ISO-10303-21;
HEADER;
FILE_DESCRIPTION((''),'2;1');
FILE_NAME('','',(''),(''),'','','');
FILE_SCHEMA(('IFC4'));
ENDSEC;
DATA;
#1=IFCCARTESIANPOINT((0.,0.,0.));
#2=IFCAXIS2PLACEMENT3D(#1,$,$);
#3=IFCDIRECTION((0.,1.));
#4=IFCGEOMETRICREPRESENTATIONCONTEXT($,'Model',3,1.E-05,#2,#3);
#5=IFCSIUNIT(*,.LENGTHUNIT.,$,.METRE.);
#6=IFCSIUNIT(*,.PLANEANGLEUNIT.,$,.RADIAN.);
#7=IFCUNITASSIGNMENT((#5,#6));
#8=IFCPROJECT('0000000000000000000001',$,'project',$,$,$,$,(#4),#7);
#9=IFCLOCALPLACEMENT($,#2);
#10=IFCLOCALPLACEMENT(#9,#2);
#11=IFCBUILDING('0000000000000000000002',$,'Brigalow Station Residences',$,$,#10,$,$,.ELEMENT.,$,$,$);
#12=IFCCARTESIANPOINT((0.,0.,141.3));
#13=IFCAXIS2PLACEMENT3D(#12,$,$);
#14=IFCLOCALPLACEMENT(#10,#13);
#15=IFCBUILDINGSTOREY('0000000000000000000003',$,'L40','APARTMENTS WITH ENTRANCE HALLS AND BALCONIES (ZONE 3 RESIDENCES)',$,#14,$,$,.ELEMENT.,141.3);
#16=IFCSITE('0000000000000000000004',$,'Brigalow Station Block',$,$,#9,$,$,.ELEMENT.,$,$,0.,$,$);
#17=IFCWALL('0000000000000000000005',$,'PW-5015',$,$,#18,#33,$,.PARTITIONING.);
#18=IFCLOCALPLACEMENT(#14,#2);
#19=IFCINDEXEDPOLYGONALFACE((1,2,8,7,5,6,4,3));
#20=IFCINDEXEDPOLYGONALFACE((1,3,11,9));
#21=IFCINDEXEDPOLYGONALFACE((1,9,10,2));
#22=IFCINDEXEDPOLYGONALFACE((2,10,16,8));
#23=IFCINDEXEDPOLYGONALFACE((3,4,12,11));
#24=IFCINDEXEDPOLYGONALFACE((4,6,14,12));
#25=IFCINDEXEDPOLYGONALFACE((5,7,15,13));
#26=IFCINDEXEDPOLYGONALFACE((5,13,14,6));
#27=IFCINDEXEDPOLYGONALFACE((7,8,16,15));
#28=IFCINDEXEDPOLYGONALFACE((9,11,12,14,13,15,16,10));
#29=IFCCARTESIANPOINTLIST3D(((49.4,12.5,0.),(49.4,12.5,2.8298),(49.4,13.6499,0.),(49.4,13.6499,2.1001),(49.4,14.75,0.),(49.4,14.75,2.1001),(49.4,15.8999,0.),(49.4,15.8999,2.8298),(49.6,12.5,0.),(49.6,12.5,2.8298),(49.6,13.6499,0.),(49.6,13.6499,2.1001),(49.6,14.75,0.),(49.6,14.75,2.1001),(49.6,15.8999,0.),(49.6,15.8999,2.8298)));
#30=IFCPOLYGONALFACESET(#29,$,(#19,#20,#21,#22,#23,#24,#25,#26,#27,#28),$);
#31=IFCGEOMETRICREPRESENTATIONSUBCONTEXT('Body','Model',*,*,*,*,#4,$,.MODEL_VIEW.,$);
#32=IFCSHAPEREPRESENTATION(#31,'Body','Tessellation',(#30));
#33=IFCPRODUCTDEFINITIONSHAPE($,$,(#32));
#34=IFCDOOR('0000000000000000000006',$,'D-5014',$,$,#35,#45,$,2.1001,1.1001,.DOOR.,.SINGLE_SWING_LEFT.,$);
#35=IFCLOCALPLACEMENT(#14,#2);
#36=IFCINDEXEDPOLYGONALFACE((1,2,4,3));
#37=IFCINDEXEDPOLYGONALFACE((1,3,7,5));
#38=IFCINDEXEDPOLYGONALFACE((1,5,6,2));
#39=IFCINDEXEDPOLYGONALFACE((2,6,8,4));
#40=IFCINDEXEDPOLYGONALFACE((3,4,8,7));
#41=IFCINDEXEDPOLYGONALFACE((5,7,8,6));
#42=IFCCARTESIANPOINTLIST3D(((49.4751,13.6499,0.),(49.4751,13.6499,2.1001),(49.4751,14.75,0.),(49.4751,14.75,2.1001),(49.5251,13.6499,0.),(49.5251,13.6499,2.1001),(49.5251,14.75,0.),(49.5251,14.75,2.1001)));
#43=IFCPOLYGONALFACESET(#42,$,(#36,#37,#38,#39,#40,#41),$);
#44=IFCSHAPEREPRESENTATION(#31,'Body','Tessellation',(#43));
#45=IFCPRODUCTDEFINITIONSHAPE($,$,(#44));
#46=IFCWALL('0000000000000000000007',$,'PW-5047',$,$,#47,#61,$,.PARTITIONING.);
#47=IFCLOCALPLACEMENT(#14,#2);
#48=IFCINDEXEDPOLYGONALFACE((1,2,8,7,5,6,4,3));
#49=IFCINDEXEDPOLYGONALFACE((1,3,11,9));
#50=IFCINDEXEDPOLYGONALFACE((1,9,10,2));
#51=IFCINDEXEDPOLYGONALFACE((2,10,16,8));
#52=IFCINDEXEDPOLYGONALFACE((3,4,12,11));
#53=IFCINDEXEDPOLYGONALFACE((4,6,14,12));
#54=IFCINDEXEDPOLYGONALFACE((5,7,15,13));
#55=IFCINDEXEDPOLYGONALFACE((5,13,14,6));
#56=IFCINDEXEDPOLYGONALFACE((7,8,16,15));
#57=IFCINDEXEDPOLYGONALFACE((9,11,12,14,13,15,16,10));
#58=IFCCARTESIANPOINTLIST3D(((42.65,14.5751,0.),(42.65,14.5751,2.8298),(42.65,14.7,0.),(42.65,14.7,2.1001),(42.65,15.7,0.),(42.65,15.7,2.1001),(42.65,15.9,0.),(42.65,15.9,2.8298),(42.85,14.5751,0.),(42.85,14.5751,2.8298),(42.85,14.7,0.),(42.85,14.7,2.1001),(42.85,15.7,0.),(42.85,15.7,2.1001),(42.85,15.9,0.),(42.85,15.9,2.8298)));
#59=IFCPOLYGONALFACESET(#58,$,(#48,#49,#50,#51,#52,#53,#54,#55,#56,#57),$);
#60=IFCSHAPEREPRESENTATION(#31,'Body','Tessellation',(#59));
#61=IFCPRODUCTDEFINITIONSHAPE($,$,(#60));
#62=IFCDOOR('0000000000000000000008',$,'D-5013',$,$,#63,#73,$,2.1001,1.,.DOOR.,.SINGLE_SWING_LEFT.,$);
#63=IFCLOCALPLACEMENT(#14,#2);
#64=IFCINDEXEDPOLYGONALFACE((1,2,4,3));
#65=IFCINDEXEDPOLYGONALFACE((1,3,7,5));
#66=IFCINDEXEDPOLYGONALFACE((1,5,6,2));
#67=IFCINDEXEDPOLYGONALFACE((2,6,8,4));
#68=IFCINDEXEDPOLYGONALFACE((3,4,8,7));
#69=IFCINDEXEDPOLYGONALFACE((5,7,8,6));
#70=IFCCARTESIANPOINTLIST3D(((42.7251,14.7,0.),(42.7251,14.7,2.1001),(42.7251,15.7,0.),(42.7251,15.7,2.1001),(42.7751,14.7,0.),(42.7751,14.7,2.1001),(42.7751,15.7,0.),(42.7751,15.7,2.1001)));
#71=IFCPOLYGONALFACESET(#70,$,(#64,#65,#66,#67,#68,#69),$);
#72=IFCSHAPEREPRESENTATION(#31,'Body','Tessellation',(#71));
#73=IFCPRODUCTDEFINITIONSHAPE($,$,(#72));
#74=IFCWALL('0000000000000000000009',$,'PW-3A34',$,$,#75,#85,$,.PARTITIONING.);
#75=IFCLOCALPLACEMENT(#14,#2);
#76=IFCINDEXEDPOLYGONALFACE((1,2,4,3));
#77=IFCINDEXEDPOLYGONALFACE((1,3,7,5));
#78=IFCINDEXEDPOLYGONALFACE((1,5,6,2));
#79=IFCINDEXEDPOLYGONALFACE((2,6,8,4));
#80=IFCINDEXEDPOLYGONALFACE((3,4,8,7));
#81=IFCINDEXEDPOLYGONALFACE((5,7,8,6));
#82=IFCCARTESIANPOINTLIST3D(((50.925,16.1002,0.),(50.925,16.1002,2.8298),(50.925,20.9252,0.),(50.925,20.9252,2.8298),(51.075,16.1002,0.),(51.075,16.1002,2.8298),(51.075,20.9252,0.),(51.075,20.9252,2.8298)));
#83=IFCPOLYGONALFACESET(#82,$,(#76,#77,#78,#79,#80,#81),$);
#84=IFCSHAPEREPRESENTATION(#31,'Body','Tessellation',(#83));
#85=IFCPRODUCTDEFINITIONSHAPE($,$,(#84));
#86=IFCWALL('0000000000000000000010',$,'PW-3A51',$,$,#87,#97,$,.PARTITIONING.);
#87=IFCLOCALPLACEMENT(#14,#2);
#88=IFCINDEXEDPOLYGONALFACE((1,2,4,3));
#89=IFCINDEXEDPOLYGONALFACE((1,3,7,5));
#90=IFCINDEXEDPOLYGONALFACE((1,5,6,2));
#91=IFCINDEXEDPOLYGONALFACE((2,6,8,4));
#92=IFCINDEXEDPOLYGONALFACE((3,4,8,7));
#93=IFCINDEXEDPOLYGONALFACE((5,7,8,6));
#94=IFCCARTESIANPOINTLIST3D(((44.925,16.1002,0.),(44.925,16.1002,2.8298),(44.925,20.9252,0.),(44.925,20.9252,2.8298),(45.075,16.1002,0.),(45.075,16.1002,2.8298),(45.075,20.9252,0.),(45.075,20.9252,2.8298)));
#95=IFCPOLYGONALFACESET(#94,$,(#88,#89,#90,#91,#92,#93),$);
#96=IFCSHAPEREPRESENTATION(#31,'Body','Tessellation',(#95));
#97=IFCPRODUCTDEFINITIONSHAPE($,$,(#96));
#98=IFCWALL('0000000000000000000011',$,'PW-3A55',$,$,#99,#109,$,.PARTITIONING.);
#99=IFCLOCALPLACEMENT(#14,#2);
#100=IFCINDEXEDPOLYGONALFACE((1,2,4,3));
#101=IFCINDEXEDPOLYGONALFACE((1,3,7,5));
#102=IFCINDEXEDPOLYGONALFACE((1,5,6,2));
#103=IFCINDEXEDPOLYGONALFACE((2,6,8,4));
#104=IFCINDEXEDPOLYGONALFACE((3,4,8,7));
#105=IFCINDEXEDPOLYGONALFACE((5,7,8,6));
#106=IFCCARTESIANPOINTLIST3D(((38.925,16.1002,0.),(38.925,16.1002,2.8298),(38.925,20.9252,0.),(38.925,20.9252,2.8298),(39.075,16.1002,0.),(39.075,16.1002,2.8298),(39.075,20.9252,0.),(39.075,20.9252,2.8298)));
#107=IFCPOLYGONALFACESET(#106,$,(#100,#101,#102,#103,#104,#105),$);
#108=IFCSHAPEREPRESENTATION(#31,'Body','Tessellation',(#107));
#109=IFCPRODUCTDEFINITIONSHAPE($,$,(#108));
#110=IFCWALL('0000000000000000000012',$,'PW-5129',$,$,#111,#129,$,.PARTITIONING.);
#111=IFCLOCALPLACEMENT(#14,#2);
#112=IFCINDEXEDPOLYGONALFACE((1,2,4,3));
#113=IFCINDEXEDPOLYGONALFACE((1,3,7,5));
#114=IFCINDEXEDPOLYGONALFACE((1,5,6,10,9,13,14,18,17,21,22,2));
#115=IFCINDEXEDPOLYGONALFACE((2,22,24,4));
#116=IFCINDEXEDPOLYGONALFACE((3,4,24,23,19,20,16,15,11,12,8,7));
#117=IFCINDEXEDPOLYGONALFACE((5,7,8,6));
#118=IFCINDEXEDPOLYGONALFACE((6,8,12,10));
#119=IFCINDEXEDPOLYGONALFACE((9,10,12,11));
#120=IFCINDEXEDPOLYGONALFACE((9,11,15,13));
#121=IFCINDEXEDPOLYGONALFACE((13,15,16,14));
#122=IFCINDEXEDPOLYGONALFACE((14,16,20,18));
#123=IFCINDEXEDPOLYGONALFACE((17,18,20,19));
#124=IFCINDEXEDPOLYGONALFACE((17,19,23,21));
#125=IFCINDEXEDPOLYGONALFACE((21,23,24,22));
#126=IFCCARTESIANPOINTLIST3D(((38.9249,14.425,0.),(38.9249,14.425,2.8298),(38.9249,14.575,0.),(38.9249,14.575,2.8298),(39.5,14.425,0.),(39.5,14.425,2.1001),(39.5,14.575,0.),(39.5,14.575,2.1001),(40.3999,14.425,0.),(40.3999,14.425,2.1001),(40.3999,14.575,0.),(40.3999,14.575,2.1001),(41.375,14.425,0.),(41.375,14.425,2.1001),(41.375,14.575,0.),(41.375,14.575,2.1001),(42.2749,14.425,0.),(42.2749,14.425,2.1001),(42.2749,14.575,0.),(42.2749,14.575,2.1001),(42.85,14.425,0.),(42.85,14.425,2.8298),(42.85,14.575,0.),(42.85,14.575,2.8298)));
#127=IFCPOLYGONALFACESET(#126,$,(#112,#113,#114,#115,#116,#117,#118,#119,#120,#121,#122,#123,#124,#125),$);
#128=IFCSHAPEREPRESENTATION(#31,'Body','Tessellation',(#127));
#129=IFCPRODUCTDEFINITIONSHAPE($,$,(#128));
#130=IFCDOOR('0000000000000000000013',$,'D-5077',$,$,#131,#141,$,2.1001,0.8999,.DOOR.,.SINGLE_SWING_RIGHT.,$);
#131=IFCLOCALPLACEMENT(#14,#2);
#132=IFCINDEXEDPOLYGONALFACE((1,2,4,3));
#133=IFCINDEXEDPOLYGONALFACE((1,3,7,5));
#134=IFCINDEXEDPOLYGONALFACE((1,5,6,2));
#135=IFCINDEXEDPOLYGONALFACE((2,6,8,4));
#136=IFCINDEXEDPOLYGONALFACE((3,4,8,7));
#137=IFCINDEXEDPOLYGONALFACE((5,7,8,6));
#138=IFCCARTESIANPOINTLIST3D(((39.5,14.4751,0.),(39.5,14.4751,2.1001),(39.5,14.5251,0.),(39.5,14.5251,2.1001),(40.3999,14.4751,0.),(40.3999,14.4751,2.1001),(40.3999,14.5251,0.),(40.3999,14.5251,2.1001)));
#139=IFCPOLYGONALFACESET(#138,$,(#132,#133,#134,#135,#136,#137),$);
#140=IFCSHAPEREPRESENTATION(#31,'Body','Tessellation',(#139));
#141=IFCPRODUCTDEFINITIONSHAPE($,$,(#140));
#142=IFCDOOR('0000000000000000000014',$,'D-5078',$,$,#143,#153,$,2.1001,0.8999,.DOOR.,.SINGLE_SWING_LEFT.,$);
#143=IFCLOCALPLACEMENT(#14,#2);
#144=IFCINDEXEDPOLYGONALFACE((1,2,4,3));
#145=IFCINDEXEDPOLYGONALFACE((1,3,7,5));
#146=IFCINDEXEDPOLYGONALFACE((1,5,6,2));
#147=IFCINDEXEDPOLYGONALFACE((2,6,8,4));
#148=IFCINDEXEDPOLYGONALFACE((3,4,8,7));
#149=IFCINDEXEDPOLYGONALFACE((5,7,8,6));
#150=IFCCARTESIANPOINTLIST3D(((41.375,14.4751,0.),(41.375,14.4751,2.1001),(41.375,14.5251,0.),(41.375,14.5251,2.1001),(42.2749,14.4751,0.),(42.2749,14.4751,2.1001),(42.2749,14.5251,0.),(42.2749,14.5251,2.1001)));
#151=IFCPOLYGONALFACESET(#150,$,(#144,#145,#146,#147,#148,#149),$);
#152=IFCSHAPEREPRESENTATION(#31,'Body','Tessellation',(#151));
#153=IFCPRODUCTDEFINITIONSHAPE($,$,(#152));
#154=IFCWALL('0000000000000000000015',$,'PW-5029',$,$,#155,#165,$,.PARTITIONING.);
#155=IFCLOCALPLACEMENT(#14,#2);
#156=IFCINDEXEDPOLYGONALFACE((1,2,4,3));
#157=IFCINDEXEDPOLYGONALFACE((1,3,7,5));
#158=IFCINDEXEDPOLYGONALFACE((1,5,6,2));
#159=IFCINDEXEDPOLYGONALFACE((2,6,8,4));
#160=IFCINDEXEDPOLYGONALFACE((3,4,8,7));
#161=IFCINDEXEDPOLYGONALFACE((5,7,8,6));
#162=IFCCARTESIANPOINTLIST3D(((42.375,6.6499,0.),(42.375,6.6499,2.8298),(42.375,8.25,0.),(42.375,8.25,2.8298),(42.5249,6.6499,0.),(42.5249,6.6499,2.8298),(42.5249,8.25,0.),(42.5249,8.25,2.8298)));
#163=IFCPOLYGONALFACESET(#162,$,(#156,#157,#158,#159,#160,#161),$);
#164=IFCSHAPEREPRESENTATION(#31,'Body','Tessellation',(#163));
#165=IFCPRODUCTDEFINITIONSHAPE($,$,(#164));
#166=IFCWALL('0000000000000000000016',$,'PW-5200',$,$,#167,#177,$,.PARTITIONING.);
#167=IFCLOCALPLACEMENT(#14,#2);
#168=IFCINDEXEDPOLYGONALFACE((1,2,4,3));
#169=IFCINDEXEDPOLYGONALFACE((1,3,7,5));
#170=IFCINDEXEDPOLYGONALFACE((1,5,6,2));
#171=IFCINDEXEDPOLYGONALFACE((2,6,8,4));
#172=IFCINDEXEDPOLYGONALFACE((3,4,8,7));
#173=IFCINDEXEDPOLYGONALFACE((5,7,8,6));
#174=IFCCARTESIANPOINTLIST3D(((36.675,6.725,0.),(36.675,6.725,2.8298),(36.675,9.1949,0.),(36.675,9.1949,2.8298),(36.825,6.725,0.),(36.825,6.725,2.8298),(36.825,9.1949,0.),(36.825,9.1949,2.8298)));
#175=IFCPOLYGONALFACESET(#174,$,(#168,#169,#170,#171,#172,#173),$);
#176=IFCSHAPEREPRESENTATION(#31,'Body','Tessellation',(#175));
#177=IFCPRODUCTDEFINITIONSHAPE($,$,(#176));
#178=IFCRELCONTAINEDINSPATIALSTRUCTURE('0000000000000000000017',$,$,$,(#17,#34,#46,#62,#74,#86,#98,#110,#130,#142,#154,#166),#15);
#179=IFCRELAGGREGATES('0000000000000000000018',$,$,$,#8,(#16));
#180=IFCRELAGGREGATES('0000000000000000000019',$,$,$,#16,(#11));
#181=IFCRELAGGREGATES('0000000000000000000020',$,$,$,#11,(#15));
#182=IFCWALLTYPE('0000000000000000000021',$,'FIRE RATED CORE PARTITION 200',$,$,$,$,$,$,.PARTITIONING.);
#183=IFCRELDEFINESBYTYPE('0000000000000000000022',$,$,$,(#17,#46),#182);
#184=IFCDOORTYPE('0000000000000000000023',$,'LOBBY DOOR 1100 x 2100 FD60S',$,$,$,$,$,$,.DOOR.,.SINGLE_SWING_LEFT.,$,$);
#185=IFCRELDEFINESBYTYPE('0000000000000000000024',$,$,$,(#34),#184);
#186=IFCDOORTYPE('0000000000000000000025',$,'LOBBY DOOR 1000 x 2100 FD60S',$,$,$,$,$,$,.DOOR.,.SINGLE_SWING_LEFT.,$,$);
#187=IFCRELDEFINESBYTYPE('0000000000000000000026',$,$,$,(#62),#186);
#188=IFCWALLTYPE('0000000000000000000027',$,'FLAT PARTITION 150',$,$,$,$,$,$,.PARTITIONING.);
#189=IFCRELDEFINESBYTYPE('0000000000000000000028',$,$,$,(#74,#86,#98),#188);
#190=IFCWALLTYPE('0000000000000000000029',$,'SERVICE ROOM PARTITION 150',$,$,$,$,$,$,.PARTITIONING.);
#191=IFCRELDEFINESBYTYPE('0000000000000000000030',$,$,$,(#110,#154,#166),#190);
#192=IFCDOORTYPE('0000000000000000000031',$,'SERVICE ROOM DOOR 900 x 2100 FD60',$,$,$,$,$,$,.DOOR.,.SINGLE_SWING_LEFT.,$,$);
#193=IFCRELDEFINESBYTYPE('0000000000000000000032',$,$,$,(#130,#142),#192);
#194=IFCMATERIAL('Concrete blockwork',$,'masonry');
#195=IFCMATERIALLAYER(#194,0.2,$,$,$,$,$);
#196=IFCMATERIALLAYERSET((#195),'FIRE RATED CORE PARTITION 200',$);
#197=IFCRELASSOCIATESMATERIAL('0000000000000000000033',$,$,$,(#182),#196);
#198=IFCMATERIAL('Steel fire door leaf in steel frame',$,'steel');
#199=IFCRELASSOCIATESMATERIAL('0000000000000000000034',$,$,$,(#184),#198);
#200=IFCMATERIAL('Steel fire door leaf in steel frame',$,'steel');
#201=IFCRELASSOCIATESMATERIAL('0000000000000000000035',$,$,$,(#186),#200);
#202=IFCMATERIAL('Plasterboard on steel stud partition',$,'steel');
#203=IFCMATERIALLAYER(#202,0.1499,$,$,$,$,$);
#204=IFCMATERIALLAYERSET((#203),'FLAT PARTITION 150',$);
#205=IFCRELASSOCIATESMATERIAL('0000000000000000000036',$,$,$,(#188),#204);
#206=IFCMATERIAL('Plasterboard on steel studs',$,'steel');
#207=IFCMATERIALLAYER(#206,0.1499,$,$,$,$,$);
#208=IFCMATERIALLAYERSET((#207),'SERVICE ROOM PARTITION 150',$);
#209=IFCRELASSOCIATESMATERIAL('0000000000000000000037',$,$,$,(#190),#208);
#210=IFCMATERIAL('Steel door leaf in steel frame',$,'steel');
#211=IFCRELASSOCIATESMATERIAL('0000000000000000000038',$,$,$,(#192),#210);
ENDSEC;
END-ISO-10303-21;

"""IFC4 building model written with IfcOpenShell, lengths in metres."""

from ifc_helpers import new_model, si_unit, direction, frame, frame_2d, origin, place, context, subcontext, project, spatial, rectangle, extrude, material, layer, layer_set, type_object, element, fill, save


model = new_model("IFC4")

# Units and contexts
model_context = context("Model", 3, precision=1e-05, world=origin(), true_north=direction((0.0, 1.0)))
body_context = subcontext(model_context, "Body", "Model", "MODEL_VIEW")
ifc_project = project(units=[si_unit("LENGTHUNIT", "METRE"), si_unit("PLANEANGLEUNIT", "RADIAN")], contexts=[model_context])

# Site, building, storey
site_placement = place(None, origin())
site = spatial("IfcSite", under=ifc_project, at=site_placement, Name="Brigalow Station Block", CompositionType="ELEMENT", RefElevation=0.0)
building_placement = place(site_placement, origin())
building = spatial("IfcBuilding", under=site, at=building_placement, Name="Brigalow Station Residences", CompositionType="ELEMENT")
storey_placement = place(building_placement, frame((0.0, 0.0, 141.3)))
storey = spatial("IfcBuildingStorey", under=building, at=storey_placement, Name="L40", Description="APARTMENTS WITH ENTRANCE HALLS AND BALCONIES (ZONE 3 RESIDENCES)", CompositionType="ELEMENT", Elevation=141.3)

# Shared definitions
ifc_material_1 = material(Name="Concrete blockwork", Category="masonry")
ifc_layer_1 = layer(ifc_material_1, 0.2)
ifc_layer_set_1 = layer_set([ifc_layer_1], Name="FIRE RATED CORE PARTITION 200")
wall_type_1 = type_object("IfcWallType", Name="FIRE RATED CORE PARTITION 200", PredefinedType="PARTITIONING", material=ifc_layer_set_1)

# Walls, openings, doors
wall_1_placement = place(storey_placement, frame((49.5, 12.5, 0.0), z_axis=(0.0, 0.0, 1.0), x_axis=(0.0, 1.0, 0.0)))
wall_1 = element("IfcWall", 1, at=wall_1_placement, inside=storey, type_object=wall_type_1, Name="PW-5015", PredefinedType="PARTITIONING", context=body_context, shape_type="SweptSolid", body=[
    extrude(rectangle(XDim=3.3999, YDim=0.2, at=frame_2d((1.7, 0.0))), origin(), (0.0, 0.0, 1.0), 2.8298),
])
opening_1_placement = place(wall_1_placement, frame((1.1499, 0.0, 0.0)))
opening_1 = element("IfcOpeningElement", 2, at=opening_1_placement, cuts=wall_1, PredefinedType="OPENING", context=body_context, shape_type="SweptSolid", body=[
    extrude(rectangle(XDim=1.1001, YDim=2.1001, at=frame_2d((0.55, 1.05))), frame((0.0, 0.1099, 0.0), z_axis=(0.0, -1.0, 0.0), x_axis=(1.0, 0.0, 0.0)), (0.0, 0.0, 1.0), 0.22),
])
ifc_material_2 = material(Name="Steel fire door leaf in steel frame", Category="steel")
door_type_1 = type_object("IfcDoorType", Name="LOBBY DOOR 1100 x 2100 FD60S", OperationType="SINGLE_SWING_LEFT", PredefinedType="DOOR", material=ifc_material_2)
door_1_placement = place(opening_1_placement, origin())
door_1 = element("IfcDoor", 3, at=door_1_placement, inside=storey, type_object=door_type_1, Name="D-5014", OperationType="SINGLE_SWING_LEFT", OverallHeight=2.1001, OverallWidth=1.1001, PredefinedType="DOOR", context=body_context, shape_type="SweptSolid", body=[
    extrude(rectangle(XDim=1.1001, YDim=2.1001, at=frame_2d((0.55, 1.05))), frame((0.0, 0.0249, 0.0), z_axis=(0.0, -1.0, 0.0), x_axis=(1.0, 0.0, 0.0)), (0.0, 0.0, 1.0), 0.05),
])
fill(opening_1, door_1)
wall_2_placement = place(storey_placement, frame((42.75, 14.575, 0.0), z_axis=(0.0, 0.0, 1.0), x_axis=(0.0, 1.0, 0.0)))
wall_2 = element("IfcWall", 4, at=wall_2_placement, inside=storey, type_object=wall_type_1, Name="PW-5047", PredefinedType="PARTITIONING", context=body_context, shape_type="SweptSolid", body=[
    extrude(rectangle(XDim=1.325, YDim=0.2, at=frame_2d((0.6626, 0.0))), origin(), (0.0, 0.0, 1.0), 2.8298),
])
opening_2_placement = place(wall_2_placement, frame((0.125, 0.0, 0.0)))
opening_2 = element("IfcOpeningElement", 5, at=opening_2_placement, cuts=wall_2, PredefinedType="OPENING", context=body_context, shape_type="SweptSolid", body=[
    extrude(rectangle(XDim=1.0, YDim=2.1001, at=frame_2d((0.5, 1.05))), frame((0.0, 0.1099, 0.0), z_axis=(0.0, -1.0, 0.0), x_axis=(1.0, 0.0, 0.0)), (0.0, 0.0, 1.0), 0.22),
])
ifc_material_3 = material(Name="Steel fire door leaf in steel frame", Category="steel")
door_type_2 = type_object("IfcDoorType", Name="LOBBY DOOR 1000 x 2100 FD60S", OperationType="SINGLE_SWING_LEFT", PredefinedType="DOOR", material=ifc_material_3)
door_2_placement = place(opening_2_placement, origin())
door_2 = element("IfcDoor", 6, at=door_2_placement, inside=storey, type_object=door_type_2, Name="D-5013", OperationType="SINGLE_SWING_LEFT", OverallHeight=2.1001, OverallWidth=1.0, PredefinedType="DOOR", context=body_context, shape_type="SweptSolid", body=[
    extrude(rectangle(XDim=1.0, YDim=2.1001, at=frame_2d((0.5, 1.05))), frame((0.0, 0.0249, 0.0), z_axis=(0.0, -1.0, 0.0), x_axis=(1.0, 0.0, 0.0)), (0.0, 0.0, 1.0), 0.05),
])
fill(opening_2, door_2)

# Walls
ifc_material_4 = material(Name="Plasterboard on steel stud partition", Category="steel")
ifc_layer_2 = layer(ifc_material_4, 0.1499)
ifc_layer_set_2 = layer_set([ifc_layer_2], Name="FLAT PARTITION 150")
wall_type_2 = type_object("IfcWallType", Name="FLAT PARTITION 150", PredefinedType="PARTITIONING", material=ifc_layer_set_2)
for number, where, z_axis, x_axis, name in (
    (7, (51.0, 16.1001, 0.0), (0.0, 0.0, 1.0), (0.0, 1.0, 0.0), "PW-3A34"),
    (8, (45.0, 16.1001, 0.0), (0.0, 0.0, 1.0), (0.0, 1.0, 0.0), "PW-3A51"),
    (9, (39.0, 16.1001, 0.0), (0.0, 0.0, 1.0), (0.0, 1.0, 0.0), "PW-3A55"),
):
    element("IfcWall", number, at=place(storey_placement, frame(where, z_axis=z_axis, x_axis=x_axis)), inside=storey, type_object=wall_type_2, Name=name, PredefinedType="PARTITIONING", context=body_context, shape_type="SweptSolid", body=[
        extrude(rectangle(XDim=4.825, YDim=0.1499, at=frame_2d((2.4126, 0.0))), origin(), (0.0, 0.0, 1.0), 2.8298),
    ])

# Wall, openings, doors
ifc_material_5 = material(Name="Plasterboard on steel studs", Category="steel")
ifc_layer_3 = layer(ifc_material_5, 0.1499)
ifc_layer_set_3 = layer_set([ifc_layer_3], Name="SERVICE ROOM PARTITION 150")
wall_type_3 = type_object("IfcWallType", Name="SERVICE ROOM PARTITION 150", PredefinedType="PARTITIONING", material=ifc_layer_set_3)
wall_3_placement = place(storey_placement, frame((38.925, 14.5, 0.0), z_axis=(0.0, 0.0, 1.0), x_axis=(1.0, 0.0, 0.0)))
wall_3 = element("IfcWall", 10, at=wall_3_placement, inside=storey, type_object=wall_type_3, Name="PW-5129", PredefinedType="PARTITIONING", context=body_context, shape_type="SweptSolid", body=[
    extrude(rectangle(XDim=3.925, YDim=0.1499, at=frame_2d((1.9624, 0.0))), origin(), (0.0, 0.0, 1.0), 2.8298),
])
opening_3_placement = place(wall_3_placement, frame((0.575, 0.0, 0.0)))
opening_3 = element("IfcOpeningElement", 11, at=opening_3_placement, cuts=wall_3, PredefinedType="OPENING", context=body_context, shape_type="SweptSolid", body=[
    extrude(rectangle(XDim=0.8999, YDim=2.1001, at=frame_2d((0.45, 1.05))), frame((0.0, 0.085, 0.0), z_axis=(0.0, -1.0, 0.0), x_axis=(1.0, 0.0, 0.0)), (0.0, 0.0, 1.0), 0.1699),
])
opening_4_placement = place(wall_3_placement, frame((2.45, 0.0, 0.0)))
opening_4 = element("IfcOpeningElement", 12, at=opening_4_placement, cuts=wall_3, PredefinedType="OPENING", context=body_context, shape_type="SweptSolid", body=[
    extrude(rectangle(XDim=0.8999, YDim=2.1001, at=frame_2d((0.45, 1.05))), frame((0.0, 0.085, 0.0), z_axis=(0.0, -1.0, 0.0), x_axis=(1.0, 0.0, 0.0)), (0.0, 0.0, 1.0), 0.1699),
])
ifc_material_6 = material(Name="Steel door leaf in steel frame", Category="steel")
door_type_3 = type_object("IfcDoorType", Name="SERVICE ROOM DOOR 900 x 2100 FD60", OperationType="SINGLE_SWING_LEFT", PredefinedType="DOOR", material=ifc_material_6)
door_3_placement = place(opening_3_placement, frame((0.8999, 0.0, 0.0), z_axis=(0.0, 0.0, 1.0), x_axis=(-1.0, 0.0, 0.0)))
door_3 = element("IfcDoor", 13, at=door_3_placement, inside=storey, type_object=door_type_3, Name="D-5077", OperationType="SINGLE_SWING_RIGHT", OverallHeight=2.1001, OverallWidth=0.8999, PredefinedType="DOOR", context=body_context, shape_type="SweptSolid", body=[
    extrude(rectangle(XDim=0.8999, YDim=2.1001, at=frame_2d((0.45, 1.05))), frame((0.0, 0.0249, 0.0), z_axis=(0.0, -1.0, 0.0), x_axis=(1.0, 0.0, 0.0)), (0.0, 0.0, 1.0), 0.05),
])
fill(opening_3, door_3)
door_4_placement = place(opening_4_placement, frame((0.8999, 0.0, 0.0), z_axis=(0.0, 0.0, 1.0), x_axis=(-1.0, 0.0, 0.0)))
door_4 = element("IfcDoor", 14, at=door_4_placement, inside=storey, type_object=door_type_3, Name="D-5078", OperationType="SINGLE_SWING_LEFT", OverallHeight=2.1001, OverallWidth=0.8999, PredefinedType="DOOR", context=body_context, shape_type="SweptSolid", body=[
    extrude(rectangle(XDim=0.8999, YDim=2.1001, at=frame_2d((0.45, 1.05))), frame((0.0, 0.0249, 0.0), z_axis=(0.0, -1.0, 0.0), x_axis=(1.0, 0.0, 0.0)), (0.0, 0.0, 1.0), 0.05),
])
fill(opening_4, door_4)

# Walls
wall_4_placement = place(storey_placement, frame((42.45, 6.6499, 0.0), z_axis=(0.0, 0.0, 1.0), x_axis=(0.0, 1.0, 0.0)))
element("IfcWall", 15, at=wall_4_placement, inside=storey, type_object=wall_type_3, Name="PW-5029", PredefinedType="PARTITIONING", context=body_context, shape_type="SweptSolid", body=[
    extrude(rectangle(XDim=1.6001, YDim=0.1499, at=frame_2d((0.8, 0.0))), origin(), (0.0, 0.0, 1.0), 2.8298),
])
wall_5_placement = place(storey_placement, frame((36.75, 6.7251, 0.0), z_axis=(0.0, 0.0, 1.0), x_axis=(0.0, 1.0, 0.0)))
element("IfcWall", 16, at=wall_5_placement, inside=storey, type_object=wall_type_3, Name="PW-5200", PredefinedType="PARTITIONING", context=body_context, shape_type="SweptSolid", body=[
    extrude(rectangle(XDim=2.47, YDim=0.1499, at=frame_2d((1.2349, 0.0))), origin(), (0.0, 0.0, 1.0), 2.8298),
])

save(model, "model.ifc")
